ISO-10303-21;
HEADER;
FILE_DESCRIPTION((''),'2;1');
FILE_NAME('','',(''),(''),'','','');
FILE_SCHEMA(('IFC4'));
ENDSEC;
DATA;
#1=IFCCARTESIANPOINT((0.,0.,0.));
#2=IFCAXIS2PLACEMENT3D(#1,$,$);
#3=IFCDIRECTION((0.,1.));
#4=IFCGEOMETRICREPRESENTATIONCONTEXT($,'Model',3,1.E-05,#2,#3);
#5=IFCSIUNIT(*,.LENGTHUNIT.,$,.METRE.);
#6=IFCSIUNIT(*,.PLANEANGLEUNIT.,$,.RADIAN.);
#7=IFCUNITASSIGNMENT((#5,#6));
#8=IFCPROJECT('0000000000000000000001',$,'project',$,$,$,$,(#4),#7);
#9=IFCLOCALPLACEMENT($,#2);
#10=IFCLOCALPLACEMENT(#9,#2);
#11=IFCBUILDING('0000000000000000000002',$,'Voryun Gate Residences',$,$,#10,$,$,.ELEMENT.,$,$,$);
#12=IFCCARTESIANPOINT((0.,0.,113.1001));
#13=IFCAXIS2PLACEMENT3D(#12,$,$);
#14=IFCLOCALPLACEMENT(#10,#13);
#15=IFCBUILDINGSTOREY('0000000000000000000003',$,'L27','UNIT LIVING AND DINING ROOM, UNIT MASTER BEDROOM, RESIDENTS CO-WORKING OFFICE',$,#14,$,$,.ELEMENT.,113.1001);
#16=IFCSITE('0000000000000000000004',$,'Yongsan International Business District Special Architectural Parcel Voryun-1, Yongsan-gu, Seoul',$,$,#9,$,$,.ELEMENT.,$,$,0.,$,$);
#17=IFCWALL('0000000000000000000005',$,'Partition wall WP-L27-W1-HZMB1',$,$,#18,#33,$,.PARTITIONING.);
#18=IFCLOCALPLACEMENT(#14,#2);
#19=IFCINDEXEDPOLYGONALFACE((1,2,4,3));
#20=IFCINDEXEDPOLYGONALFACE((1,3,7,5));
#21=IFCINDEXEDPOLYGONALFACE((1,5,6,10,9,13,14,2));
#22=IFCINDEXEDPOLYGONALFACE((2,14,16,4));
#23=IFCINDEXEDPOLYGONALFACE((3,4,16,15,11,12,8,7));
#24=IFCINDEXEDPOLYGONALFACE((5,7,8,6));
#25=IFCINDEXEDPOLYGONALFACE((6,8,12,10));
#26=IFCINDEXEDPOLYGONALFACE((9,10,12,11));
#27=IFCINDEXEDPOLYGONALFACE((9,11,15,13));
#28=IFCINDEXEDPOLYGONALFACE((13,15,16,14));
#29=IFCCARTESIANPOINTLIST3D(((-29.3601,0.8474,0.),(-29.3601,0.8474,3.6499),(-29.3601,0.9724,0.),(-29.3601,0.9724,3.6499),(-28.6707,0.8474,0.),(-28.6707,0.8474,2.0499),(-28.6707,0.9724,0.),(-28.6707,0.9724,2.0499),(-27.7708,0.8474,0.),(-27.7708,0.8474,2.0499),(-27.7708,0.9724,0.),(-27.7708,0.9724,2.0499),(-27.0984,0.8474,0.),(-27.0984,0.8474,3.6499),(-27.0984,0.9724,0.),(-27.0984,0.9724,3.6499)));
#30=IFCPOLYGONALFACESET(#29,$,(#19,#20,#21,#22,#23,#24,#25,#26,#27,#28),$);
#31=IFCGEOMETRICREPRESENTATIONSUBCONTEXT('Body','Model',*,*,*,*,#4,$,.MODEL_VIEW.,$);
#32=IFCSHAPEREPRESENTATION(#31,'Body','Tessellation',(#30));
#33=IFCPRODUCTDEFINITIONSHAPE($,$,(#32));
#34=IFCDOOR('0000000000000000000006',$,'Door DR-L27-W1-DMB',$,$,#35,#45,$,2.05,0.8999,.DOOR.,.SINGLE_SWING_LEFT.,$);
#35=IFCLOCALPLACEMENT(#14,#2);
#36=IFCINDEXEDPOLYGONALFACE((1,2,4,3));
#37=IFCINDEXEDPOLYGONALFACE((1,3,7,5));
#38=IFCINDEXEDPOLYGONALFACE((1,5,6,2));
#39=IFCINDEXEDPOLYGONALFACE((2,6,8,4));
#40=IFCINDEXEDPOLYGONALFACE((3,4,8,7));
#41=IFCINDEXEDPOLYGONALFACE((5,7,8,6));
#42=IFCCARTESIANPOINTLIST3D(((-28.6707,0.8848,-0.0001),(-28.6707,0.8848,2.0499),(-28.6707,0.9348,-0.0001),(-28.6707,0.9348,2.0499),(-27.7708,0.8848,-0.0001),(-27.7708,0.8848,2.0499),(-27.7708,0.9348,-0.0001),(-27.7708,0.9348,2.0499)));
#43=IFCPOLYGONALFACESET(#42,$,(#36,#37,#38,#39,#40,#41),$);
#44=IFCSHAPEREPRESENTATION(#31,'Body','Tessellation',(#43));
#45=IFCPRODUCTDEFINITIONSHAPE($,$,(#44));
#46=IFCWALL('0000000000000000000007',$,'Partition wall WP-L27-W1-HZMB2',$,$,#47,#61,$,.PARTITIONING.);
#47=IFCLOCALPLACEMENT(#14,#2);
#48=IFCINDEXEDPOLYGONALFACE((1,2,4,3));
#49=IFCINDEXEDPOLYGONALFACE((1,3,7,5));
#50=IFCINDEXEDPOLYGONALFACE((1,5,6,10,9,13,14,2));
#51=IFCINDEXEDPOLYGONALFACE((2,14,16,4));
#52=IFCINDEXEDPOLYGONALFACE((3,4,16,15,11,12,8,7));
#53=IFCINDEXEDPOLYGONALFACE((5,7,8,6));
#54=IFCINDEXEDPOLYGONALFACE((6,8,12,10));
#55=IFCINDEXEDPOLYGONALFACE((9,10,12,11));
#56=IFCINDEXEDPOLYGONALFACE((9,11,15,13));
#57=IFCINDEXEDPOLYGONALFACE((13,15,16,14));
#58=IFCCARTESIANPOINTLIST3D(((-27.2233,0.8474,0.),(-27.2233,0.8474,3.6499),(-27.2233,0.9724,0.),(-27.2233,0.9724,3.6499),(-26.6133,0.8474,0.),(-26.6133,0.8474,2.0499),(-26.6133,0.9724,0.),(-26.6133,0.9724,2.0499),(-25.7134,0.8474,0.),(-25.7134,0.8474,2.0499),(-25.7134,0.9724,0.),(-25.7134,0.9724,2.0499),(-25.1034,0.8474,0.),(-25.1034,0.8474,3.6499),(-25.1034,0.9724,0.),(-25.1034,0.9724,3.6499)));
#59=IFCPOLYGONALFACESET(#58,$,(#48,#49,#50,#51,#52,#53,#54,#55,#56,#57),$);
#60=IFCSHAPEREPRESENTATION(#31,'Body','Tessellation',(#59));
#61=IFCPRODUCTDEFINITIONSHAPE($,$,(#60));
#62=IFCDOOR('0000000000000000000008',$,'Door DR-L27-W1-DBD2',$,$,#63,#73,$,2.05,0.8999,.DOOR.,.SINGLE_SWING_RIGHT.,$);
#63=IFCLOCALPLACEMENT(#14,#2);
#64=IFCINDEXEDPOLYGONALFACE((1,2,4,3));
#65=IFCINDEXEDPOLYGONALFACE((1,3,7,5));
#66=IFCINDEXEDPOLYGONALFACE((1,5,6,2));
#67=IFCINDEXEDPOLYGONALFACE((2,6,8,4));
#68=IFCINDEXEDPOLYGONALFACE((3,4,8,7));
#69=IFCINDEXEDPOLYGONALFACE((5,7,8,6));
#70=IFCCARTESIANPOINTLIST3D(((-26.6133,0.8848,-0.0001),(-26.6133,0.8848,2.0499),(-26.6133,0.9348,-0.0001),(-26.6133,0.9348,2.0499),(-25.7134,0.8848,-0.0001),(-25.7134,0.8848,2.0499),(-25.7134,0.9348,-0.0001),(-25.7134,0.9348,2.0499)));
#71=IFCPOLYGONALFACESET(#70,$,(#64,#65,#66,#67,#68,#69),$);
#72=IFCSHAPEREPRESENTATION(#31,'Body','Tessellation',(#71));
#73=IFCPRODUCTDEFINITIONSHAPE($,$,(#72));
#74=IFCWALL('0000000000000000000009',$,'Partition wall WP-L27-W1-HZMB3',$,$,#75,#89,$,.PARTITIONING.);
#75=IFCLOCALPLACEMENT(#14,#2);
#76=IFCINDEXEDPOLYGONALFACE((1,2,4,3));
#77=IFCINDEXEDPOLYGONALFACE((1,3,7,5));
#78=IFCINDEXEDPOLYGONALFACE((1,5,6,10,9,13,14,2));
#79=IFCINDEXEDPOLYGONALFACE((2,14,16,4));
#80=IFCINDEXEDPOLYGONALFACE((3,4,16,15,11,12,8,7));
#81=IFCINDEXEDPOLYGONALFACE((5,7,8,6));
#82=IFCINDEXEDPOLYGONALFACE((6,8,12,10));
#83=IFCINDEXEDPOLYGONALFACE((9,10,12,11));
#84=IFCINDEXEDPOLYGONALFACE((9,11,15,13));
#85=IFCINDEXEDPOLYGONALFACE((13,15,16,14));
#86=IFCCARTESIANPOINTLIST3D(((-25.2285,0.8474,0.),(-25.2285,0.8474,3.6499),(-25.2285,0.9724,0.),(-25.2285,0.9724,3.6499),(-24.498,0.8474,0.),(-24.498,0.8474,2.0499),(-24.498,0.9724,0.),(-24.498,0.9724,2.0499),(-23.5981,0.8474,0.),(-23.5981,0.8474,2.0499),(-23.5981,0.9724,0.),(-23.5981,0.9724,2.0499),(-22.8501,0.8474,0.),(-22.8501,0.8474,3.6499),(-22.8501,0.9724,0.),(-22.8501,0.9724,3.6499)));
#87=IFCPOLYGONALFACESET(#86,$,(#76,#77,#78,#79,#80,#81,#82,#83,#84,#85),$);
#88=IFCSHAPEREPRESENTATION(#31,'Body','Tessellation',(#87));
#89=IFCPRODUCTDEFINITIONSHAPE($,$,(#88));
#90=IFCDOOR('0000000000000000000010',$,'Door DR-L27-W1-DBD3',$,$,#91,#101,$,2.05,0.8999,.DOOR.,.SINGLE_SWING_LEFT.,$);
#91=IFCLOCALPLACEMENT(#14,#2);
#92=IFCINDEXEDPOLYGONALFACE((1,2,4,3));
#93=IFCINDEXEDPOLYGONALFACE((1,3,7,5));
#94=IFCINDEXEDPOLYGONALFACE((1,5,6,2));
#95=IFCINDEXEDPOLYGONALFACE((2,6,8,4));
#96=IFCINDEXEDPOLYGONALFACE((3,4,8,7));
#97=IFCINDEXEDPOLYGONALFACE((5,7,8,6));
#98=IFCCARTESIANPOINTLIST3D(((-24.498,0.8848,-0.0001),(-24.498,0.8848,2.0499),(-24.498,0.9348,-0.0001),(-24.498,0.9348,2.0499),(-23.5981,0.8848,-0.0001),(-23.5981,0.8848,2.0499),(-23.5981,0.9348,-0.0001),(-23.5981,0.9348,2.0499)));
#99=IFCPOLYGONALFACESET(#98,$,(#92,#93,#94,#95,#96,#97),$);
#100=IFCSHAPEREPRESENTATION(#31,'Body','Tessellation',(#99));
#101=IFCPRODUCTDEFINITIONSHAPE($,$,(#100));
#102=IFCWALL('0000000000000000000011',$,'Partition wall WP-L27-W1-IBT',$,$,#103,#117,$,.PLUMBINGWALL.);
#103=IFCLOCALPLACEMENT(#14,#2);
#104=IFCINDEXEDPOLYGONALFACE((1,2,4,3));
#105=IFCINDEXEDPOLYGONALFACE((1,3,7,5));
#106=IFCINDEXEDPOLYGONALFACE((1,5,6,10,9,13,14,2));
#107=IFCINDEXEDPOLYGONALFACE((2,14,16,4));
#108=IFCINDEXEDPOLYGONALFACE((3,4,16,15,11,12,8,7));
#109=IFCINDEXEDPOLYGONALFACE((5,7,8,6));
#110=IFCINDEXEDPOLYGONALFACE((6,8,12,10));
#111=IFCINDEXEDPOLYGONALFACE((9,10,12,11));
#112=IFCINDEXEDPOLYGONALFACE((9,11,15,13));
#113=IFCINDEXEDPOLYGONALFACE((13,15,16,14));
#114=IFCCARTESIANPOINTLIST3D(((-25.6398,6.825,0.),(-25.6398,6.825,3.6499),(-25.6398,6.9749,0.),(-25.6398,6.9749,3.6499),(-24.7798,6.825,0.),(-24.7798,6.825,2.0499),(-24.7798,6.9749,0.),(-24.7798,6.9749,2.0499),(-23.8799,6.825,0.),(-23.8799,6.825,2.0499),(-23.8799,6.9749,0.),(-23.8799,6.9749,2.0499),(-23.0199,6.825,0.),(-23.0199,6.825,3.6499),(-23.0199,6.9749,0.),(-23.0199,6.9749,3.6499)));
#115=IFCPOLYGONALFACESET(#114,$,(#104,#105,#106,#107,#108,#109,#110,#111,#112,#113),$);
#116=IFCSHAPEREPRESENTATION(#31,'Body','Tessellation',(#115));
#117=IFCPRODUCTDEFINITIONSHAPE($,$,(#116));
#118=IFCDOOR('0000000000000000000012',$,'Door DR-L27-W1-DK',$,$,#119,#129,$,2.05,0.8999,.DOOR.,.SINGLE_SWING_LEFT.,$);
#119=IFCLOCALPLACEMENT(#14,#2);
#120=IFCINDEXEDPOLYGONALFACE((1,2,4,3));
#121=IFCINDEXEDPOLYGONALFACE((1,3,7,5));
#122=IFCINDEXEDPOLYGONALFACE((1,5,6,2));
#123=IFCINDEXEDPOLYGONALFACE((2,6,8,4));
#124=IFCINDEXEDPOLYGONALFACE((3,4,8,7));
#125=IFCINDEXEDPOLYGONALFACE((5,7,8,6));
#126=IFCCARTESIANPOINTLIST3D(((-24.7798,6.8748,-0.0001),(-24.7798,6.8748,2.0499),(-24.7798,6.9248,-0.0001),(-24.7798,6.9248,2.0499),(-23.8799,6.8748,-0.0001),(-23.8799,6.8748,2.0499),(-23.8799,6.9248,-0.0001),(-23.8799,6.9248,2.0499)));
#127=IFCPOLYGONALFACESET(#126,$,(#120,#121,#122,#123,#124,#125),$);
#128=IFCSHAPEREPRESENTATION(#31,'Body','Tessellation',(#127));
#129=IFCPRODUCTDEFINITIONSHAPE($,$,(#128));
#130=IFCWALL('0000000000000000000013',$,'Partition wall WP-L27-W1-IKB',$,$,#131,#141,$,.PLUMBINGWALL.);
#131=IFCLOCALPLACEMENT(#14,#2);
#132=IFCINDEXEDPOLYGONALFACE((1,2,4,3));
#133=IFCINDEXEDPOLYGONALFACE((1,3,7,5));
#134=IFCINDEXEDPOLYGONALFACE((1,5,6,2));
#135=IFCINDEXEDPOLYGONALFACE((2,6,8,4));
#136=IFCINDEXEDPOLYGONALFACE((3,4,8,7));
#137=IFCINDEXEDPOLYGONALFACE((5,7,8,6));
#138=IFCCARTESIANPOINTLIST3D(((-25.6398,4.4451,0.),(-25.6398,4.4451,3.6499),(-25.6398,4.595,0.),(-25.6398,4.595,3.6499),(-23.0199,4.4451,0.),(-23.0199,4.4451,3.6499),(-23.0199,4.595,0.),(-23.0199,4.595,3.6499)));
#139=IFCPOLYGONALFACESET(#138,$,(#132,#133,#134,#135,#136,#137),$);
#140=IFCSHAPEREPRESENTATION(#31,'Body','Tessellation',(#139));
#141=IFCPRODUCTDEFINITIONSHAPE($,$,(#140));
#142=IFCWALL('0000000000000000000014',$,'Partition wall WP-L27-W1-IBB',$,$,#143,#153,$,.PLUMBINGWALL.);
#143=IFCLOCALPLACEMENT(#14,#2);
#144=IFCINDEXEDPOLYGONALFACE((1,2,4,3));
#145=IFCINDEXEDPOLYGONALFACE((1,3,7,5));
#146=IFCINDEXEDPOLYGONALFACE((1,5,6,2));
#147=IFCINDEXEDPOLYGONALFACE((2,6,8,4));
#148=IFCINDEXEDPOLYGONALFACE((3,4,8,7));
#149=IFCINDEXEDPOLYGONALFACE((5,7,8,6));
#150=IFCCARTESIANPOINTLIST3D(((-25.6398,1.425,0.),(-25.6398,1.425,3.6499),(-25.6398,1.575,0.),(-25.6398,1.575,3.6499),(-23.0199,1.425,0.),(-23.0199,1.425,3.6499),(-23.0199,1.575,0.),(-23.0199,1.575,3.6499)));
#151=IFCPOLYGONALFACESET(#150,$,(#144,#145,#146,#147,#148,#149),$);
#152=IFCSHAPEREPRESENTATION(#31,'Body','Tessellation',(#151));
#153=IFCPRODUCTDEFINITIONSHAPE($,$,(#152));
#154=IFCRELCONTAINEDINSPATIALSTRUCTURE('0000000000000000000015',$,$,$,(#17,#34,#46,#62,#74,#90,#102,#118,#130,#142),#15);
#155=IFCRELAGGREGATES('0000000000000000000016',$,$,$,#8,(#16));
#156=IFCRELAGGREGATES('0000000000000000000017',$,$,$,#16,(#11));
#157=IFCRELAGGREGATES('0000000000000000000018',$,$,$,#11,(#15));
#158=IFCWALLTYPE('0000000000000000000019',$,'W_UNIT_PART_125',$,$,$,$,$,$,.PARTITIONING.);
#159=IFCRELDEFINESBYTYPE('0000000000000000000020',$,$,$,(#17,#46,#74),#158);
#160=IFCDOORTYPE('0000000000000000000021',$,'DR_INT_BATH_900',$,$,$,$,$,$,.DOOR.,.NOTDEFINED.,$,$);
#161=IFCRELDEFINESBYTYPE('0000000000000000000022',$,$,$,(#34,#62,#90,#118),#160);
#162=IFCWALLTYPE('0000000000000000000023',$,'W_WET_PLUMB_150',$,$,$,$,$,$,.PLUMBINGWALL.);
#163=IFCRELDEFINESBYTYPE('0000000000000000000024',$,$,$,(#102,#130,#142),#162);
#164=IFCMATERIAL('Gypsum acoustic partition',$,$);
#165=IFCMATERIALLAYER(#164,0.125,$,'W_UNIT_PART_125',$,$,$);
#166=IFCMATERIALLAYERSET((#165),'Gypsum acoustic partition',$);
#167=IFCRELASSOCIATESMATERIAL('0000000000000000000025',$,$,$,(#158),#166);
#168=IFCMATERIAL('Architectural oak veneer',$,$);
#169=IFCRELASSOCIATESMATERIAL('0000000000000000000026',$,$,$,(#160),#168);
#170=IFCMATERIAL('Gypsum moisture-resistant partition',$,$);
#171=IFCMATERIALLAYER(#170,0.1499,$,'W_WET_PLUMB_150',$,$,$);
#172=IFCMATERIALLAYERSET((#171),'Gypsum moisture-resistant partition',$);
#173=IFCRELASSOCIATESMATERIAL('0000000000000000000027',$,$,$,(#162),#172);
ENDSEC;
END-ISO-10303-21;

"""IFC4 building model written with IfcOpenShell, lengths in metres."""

from ifc_helpers import new_model, si_unit, direction, frame, frame_2d, origin, place, context, subcontext, project, spatial, rectangle, extrude, material, layer, layer_set, type_object, element, fill, save


model = new_model("IFC4")

# Units and contexts
model_context = context("Model", 3, precision=1e-05, world=origin(), true_north=direction((0.0, 1.0)))
body_context = subcontext(model_context, "Body", "Model", "MODEL_VIEW")
ifc_project = project(units=[si_unit("LENGTHUNIT", "METRE"), si_unit("PLANEANGLEUNIT", "RADIAN")], contexts=[model_context])

# Site, building, storey
site_placement = place(None, origin())
site = spatial("IfcSite", under=ifc_project, at=site_placement, Name="Yongsan International Business District Special Architectural Parcel Voryun-1, Yongsan-gu, Seoul", CompositionType="ELEMENT", RefElevation=0.0)
building_placement = place(site_placement, origin())
building = spatial("IfcBuilding", under=site, at=building_placement, Name="Voryun Gate Residences", CompositionType="ELEMENT")
storey_placement = place(building_placement, frame((0.0, 0.0, 113.1001)))
storey = spatial("IfcBuildingStorey", under=building, at=storey_placement, Name="L27", Description="UNIT LIVING AND DINING ROOM, UNIT MASTER BEDROOM, RESIDENTS CO-WORKING OFFICE", CompositionType="ELEMENT", Elevation=113.1001)

# Walls, openings, doors
ifc_material_1 = material(Name="Gypsum acoustic partition")
ifc_layer_1 = layer(ifc_material_1, 0.125, Name="W_UNIT_PART_125")
ifc_layer_set_1 = layer_set([ifc_layer_1], Name="Gypsum acoustic partition")
wall_type_1 = type_object("IfcWallType", Name="W_UNIT_PART_125", PredefinedType="PARTITIONING", material=ifc_layer_set_1)
wall_1_placement = place(storey_placement, frame((-29.3601, 0.9099, 0.0), z_axis=(0.0, 0.0, 1.0), x_axis=(1.0, 0.0, 0.0)))
wall_1 = element("IfcWall", 1, at=wall_1_placement, inside=storey, type_object=wall_type_1, Name="Partition wall WP-L27-W1-HZMB1", PredefinedType="PARTITIONING", context=body_context, shape_type="SweptSolid", body=[
    extrude(rectangle(XDim=2.2617, YDim=0.125, at=frame_2d((1.1309, 0.0))), origin(), (0.0, 0.0, 1.0), 3.6499),
])
opening_1_placement = place(wall_1_placement, frame((0.6895, 0.0, 0.0)))
opening_1 = element("IfcOpeningElement", 2, at=opening_1_placement, cuts=wall_1, PredefinedType="OPENING", context=body_context, shape_type="SweptSolid", body=[
    extrude(rectangle(XDim=0.8999, YDim=2.05, at=frame_2d((0.45, 1.0249))), frame((0.0, 0.0725, 0.0), z_axis=(0.0, -1.0, 0.0), x_axis=(1.0, 0.0, 0.0)), (0.0, 0.0, 1.0), 0.145),
])
ifc_material_2 = material(Name="Architectural oak veneer")
door_type_1 = type_object("IfcDoorType", Name="DR_INT_BATH_900", OperationType="NOTDEFINED", PredefinedType="DOOR", material=ifc_material_2)
door_1_placement = place(opening_1_placement, origin())
door_1 = element("IfcDoor", 3, at=door_1_placement, inside=storey, type_object=door_type_1, Name="Door DR-L27-W1-DMB", OperationType="SINGLE_SWING_LEFT", OverallHeight=2.05, OverallWidth=0.8999, PredefinedType="DOOR", context=body_context, shape_type="SweptSolid", body=[
    extrude(rectangle(XDim=0.8999, YDim=2.05, at=frame_2d((0.45, 1.0249))), frame((0.0, 0.0249, 0.0), z_axis=(0.0, -1.0, 0.0), x_axis=(1.0, 0.0, 0.0)), (0.0, 0.0, 1.0), 0.05),
])
fill(opening_1, door_1)
wall_2_placement = place(storey_placement, frame((-27.2234, 0.9099, 0.0), z_axis=(0.0, 0.0, 1.0), x_axis=(1.0, 0.0, 0.0)))
wall_2 = element("IfcWall", 4, at=wall_2_placement, inside=storey, type_object=wall_type_1, Name="Partition wall WP-L27-W1-HZMB2", PredefinedType="PARTITIONING", context=body_context, shape_type="SweptSolid", body=[
    extrude(rectangle(XDim=2.1199, YDim=0.125, at=frame_2d((1.0601, 0.0))), origin(), (0.0, 0.0, 1.0), 3.6499),
])
opening_2_placement = place(wall_2_placement, frame((0.6101, 0.0, 0.0)))
opening_2 = element("IfcOpeningElement", 5, at=opening_2_placement, cuts=wall_2, PredefinedType="OPENING", context=body_context, shape_type="SweptSolid", body=[
    extrude(rectangle(XDim=0.8999, YDim=2.05, at=frame_2d((0.45, 1.0249))), frame((0.0, 0.0725, 0.0), z_axis=(0.0, -1.0, 0.0), x_axis=(1.0, 0.0, 0.0)), (0.0, 0.0, 1.0), 0.145),
])
door_2_placement = place(opening_2_placement, origin())
door_2 = element("IfcDoor", 6, at=door_2_placement, inside=storey, type_object=door_type_1, Name="Door DR-L27-W1-DBD2", OperationType="SINGLE_SWING_RIGHT", OverallHeight=2.05, OverallWidth=0.8999, PredefinedType="DOOR", context=body_context, shape_type="SweptSolid", body=[
    extrude(rectangle(XDim=0.8999, YDim=2.05, at=frame_2d((0.45, 1.0249))), frame((0.0, 0.0249, 0.0), z_axis=(0.0, -1.0, 0.0), x_axis=(1.0, 0.0, 0.0)), (0.0, 0.0, 1.0), 0.05),
])
fill(opening_2, door_2)
wall_3_placement = place(storey_placement, frame((-25.2285, 0.9099, 0.0), z_axis=(0.0, 0.0, 1.0), x_axis=(1.0, 0.0, 0.0)))
wall_3 = element("IfcWall", 7, at=wall_3_placement, inside=storey, type_object=wall_type_1, Name="Partition wall WP-L27-W1-HZMB3", PredefinedType="PARTITIONING", context=body_context, shape_type="SweptSolid", body=[
    extrude(rectangle(XDim=2.3784, YDim=0.125, at=frame_2d((1.1892, 0.0))), origin(), (0.0, 0.0, 1.0), 3.6499),
])
opening_3_placement = place(wall_3_placement, frame((0.7305, 0.0, 0.0)))
opening_3 = element("IfcOpeningElement", 8, at=opening_3_placement, cuts=wall_3, PredefinedType="OPENING", context=body_context, shape_type="SweptSolid", body=[
    extrude(rectangle(XDim=0.8999, YDim=2.05, at=frame_2d((0.45, 1.0249))), frame((0.0, 0.0725, 0.0), z_axis=(0.0, -1.0, 0.0), x_axis=(1.0, 0.0, 0.0)), (0.0, 0.0, 1.0), 0.145),
])
door_3_placement = place(opening_3_placement, origin())
door_3 = element("IfcDoor", 9, at=door_3_placement, inside=storey, type_object=door_type_1, Name="Door DR-L27-W1-DBD3", OperationType="SINGLE_SWING_LEFT", OverallHeight=2.05, OverallWidth=0.8999, PredefinedType="DOOR", context=body_context, shape_type="SweptSolid", body=[
    extrude(rectangle(XDim=0.8999, YDim=2.05, at=frame_2d((0.45, 1.0249))), frame((0.0, 0.0249, 0.0), z_axis=(0.0, -1.0, 0.0), x_axis=(1.0, 0.0, 0.0)), (0.0, 0.0, 1.0), 0.05),
])
fill(opening_3, door_3)
ifc_material_3 = material(Name="Gypsum moisture-resistant partition")
ifc_layer_2 = layer(ifc_material_3, 0.1499, Name="W_WET_PLUMB_150")
ifc_layer_set_2 = layer_set([ifc_layer_2], Name="Gypsum moisture-resistant partition")
wall_type_2 = type_object("IfcWallType", Name="W_WET_PLUMB_150", PredefinedType="PLUMBINGWALL", material=ifc_layer_set_2)
wall_4_placement = place(storey_placement, frame((-25.6399, 6.8999, 0.0), z_axis=(0.0, 0.0, 1.0), x_axis=(1.0, 0.0, 0.0)))
wall_4 = element("IfcWall", 10, at=wall_4_placement, inside=storey, type_object=wall_type_2, Name="Partition wall WP-L27-W1-IBT", PredefinedType="PLUMBINGWALL", context=body_context, shape_type="SweptSolid", body=[
    extrude(rectangle(XDim=2.6199, YDim=0.1499, at=frame_2d((1.3101, 0.0))), origin(), (0.0, 0.0, 1.0), 3.6499),
])
opening_4_placement = place(wall_4_placement, frame((0.8601, 0.0, 0.0)))
opening_4 = element("IfcOpeningElement", 11, at=opening_4_placement, cuts=wall_4, PredefinedType="OPENING", context=body_context, shape_type="SweptSolid", body=[
    extrude(rectangle(XDim=0.8999, YDim=2.05, at=frame_2d((0.45, 1.0249))), frame((0.0, 0.085, 0.0), z_axis=(0.0, -1.0, 0.0), x_axis=(1.0, 0.0, 0.0)), (0.0, 0.0, 1.0), 0.1699),
])
door_4_placement = place(opening_4_placement, origin())
door_4 = element("IfcDoor", 12, at=door_4_placement, inside=storey, type_object=door_type_1, Name="Door DR-L27-W1-DK", OperationType="SINGLE_SWING_LEFT", OverallHeight=2.05, OverallWidth=0.8999, PredefinedType="DOOR", context=body_context, shape_type="SweptSolid", body=[
    extrude(rectangle(XDim=0.8999, YDim=2.05, at=frame_2d((0.45, 1.0249))), frame((0.0, 0.0249, 0.0), z_axis=(0.0, -1.0, 0.0), x_axis=(1.0, 0.0, 0.0)), (0.0, 0.0, 1.0), 0.05),
])
fill(opening_4, door_4)

# Walls
for number, where, z_axis, x_axis, name in (
    (13, (-25.6399, 4.52, 0.0), (0.0, 0.0, 1.0), (1.0, 0.0, 0.0), "Partition wall WP-L27-W1-IKB"),
    (14, (-25.6399, 1.5, 0.0), (0.0, 0.0, 1.0), (1.0, 0.0, 0.0), "Partition wall WP-L27-W1-IBB"),
):
    element("IfcWall", number, at=place(storey_placement, frame(where, z_axis=z_axis, x_axis=x_axis)), inside=storey, type_object=wall_type_2, Name=name, PredefinedType="PLUMBINGWALL", context=body_context, shape_type="SweptSolid", body=[
        extrude(rectangle(XDim=2.6199, YDim=0.1499, at=frame_2d((1.3101, 0.0))), origin(), (0.0, 0.0, 1.0), 3.6499),
    ])

save(model, "model.ifc")
